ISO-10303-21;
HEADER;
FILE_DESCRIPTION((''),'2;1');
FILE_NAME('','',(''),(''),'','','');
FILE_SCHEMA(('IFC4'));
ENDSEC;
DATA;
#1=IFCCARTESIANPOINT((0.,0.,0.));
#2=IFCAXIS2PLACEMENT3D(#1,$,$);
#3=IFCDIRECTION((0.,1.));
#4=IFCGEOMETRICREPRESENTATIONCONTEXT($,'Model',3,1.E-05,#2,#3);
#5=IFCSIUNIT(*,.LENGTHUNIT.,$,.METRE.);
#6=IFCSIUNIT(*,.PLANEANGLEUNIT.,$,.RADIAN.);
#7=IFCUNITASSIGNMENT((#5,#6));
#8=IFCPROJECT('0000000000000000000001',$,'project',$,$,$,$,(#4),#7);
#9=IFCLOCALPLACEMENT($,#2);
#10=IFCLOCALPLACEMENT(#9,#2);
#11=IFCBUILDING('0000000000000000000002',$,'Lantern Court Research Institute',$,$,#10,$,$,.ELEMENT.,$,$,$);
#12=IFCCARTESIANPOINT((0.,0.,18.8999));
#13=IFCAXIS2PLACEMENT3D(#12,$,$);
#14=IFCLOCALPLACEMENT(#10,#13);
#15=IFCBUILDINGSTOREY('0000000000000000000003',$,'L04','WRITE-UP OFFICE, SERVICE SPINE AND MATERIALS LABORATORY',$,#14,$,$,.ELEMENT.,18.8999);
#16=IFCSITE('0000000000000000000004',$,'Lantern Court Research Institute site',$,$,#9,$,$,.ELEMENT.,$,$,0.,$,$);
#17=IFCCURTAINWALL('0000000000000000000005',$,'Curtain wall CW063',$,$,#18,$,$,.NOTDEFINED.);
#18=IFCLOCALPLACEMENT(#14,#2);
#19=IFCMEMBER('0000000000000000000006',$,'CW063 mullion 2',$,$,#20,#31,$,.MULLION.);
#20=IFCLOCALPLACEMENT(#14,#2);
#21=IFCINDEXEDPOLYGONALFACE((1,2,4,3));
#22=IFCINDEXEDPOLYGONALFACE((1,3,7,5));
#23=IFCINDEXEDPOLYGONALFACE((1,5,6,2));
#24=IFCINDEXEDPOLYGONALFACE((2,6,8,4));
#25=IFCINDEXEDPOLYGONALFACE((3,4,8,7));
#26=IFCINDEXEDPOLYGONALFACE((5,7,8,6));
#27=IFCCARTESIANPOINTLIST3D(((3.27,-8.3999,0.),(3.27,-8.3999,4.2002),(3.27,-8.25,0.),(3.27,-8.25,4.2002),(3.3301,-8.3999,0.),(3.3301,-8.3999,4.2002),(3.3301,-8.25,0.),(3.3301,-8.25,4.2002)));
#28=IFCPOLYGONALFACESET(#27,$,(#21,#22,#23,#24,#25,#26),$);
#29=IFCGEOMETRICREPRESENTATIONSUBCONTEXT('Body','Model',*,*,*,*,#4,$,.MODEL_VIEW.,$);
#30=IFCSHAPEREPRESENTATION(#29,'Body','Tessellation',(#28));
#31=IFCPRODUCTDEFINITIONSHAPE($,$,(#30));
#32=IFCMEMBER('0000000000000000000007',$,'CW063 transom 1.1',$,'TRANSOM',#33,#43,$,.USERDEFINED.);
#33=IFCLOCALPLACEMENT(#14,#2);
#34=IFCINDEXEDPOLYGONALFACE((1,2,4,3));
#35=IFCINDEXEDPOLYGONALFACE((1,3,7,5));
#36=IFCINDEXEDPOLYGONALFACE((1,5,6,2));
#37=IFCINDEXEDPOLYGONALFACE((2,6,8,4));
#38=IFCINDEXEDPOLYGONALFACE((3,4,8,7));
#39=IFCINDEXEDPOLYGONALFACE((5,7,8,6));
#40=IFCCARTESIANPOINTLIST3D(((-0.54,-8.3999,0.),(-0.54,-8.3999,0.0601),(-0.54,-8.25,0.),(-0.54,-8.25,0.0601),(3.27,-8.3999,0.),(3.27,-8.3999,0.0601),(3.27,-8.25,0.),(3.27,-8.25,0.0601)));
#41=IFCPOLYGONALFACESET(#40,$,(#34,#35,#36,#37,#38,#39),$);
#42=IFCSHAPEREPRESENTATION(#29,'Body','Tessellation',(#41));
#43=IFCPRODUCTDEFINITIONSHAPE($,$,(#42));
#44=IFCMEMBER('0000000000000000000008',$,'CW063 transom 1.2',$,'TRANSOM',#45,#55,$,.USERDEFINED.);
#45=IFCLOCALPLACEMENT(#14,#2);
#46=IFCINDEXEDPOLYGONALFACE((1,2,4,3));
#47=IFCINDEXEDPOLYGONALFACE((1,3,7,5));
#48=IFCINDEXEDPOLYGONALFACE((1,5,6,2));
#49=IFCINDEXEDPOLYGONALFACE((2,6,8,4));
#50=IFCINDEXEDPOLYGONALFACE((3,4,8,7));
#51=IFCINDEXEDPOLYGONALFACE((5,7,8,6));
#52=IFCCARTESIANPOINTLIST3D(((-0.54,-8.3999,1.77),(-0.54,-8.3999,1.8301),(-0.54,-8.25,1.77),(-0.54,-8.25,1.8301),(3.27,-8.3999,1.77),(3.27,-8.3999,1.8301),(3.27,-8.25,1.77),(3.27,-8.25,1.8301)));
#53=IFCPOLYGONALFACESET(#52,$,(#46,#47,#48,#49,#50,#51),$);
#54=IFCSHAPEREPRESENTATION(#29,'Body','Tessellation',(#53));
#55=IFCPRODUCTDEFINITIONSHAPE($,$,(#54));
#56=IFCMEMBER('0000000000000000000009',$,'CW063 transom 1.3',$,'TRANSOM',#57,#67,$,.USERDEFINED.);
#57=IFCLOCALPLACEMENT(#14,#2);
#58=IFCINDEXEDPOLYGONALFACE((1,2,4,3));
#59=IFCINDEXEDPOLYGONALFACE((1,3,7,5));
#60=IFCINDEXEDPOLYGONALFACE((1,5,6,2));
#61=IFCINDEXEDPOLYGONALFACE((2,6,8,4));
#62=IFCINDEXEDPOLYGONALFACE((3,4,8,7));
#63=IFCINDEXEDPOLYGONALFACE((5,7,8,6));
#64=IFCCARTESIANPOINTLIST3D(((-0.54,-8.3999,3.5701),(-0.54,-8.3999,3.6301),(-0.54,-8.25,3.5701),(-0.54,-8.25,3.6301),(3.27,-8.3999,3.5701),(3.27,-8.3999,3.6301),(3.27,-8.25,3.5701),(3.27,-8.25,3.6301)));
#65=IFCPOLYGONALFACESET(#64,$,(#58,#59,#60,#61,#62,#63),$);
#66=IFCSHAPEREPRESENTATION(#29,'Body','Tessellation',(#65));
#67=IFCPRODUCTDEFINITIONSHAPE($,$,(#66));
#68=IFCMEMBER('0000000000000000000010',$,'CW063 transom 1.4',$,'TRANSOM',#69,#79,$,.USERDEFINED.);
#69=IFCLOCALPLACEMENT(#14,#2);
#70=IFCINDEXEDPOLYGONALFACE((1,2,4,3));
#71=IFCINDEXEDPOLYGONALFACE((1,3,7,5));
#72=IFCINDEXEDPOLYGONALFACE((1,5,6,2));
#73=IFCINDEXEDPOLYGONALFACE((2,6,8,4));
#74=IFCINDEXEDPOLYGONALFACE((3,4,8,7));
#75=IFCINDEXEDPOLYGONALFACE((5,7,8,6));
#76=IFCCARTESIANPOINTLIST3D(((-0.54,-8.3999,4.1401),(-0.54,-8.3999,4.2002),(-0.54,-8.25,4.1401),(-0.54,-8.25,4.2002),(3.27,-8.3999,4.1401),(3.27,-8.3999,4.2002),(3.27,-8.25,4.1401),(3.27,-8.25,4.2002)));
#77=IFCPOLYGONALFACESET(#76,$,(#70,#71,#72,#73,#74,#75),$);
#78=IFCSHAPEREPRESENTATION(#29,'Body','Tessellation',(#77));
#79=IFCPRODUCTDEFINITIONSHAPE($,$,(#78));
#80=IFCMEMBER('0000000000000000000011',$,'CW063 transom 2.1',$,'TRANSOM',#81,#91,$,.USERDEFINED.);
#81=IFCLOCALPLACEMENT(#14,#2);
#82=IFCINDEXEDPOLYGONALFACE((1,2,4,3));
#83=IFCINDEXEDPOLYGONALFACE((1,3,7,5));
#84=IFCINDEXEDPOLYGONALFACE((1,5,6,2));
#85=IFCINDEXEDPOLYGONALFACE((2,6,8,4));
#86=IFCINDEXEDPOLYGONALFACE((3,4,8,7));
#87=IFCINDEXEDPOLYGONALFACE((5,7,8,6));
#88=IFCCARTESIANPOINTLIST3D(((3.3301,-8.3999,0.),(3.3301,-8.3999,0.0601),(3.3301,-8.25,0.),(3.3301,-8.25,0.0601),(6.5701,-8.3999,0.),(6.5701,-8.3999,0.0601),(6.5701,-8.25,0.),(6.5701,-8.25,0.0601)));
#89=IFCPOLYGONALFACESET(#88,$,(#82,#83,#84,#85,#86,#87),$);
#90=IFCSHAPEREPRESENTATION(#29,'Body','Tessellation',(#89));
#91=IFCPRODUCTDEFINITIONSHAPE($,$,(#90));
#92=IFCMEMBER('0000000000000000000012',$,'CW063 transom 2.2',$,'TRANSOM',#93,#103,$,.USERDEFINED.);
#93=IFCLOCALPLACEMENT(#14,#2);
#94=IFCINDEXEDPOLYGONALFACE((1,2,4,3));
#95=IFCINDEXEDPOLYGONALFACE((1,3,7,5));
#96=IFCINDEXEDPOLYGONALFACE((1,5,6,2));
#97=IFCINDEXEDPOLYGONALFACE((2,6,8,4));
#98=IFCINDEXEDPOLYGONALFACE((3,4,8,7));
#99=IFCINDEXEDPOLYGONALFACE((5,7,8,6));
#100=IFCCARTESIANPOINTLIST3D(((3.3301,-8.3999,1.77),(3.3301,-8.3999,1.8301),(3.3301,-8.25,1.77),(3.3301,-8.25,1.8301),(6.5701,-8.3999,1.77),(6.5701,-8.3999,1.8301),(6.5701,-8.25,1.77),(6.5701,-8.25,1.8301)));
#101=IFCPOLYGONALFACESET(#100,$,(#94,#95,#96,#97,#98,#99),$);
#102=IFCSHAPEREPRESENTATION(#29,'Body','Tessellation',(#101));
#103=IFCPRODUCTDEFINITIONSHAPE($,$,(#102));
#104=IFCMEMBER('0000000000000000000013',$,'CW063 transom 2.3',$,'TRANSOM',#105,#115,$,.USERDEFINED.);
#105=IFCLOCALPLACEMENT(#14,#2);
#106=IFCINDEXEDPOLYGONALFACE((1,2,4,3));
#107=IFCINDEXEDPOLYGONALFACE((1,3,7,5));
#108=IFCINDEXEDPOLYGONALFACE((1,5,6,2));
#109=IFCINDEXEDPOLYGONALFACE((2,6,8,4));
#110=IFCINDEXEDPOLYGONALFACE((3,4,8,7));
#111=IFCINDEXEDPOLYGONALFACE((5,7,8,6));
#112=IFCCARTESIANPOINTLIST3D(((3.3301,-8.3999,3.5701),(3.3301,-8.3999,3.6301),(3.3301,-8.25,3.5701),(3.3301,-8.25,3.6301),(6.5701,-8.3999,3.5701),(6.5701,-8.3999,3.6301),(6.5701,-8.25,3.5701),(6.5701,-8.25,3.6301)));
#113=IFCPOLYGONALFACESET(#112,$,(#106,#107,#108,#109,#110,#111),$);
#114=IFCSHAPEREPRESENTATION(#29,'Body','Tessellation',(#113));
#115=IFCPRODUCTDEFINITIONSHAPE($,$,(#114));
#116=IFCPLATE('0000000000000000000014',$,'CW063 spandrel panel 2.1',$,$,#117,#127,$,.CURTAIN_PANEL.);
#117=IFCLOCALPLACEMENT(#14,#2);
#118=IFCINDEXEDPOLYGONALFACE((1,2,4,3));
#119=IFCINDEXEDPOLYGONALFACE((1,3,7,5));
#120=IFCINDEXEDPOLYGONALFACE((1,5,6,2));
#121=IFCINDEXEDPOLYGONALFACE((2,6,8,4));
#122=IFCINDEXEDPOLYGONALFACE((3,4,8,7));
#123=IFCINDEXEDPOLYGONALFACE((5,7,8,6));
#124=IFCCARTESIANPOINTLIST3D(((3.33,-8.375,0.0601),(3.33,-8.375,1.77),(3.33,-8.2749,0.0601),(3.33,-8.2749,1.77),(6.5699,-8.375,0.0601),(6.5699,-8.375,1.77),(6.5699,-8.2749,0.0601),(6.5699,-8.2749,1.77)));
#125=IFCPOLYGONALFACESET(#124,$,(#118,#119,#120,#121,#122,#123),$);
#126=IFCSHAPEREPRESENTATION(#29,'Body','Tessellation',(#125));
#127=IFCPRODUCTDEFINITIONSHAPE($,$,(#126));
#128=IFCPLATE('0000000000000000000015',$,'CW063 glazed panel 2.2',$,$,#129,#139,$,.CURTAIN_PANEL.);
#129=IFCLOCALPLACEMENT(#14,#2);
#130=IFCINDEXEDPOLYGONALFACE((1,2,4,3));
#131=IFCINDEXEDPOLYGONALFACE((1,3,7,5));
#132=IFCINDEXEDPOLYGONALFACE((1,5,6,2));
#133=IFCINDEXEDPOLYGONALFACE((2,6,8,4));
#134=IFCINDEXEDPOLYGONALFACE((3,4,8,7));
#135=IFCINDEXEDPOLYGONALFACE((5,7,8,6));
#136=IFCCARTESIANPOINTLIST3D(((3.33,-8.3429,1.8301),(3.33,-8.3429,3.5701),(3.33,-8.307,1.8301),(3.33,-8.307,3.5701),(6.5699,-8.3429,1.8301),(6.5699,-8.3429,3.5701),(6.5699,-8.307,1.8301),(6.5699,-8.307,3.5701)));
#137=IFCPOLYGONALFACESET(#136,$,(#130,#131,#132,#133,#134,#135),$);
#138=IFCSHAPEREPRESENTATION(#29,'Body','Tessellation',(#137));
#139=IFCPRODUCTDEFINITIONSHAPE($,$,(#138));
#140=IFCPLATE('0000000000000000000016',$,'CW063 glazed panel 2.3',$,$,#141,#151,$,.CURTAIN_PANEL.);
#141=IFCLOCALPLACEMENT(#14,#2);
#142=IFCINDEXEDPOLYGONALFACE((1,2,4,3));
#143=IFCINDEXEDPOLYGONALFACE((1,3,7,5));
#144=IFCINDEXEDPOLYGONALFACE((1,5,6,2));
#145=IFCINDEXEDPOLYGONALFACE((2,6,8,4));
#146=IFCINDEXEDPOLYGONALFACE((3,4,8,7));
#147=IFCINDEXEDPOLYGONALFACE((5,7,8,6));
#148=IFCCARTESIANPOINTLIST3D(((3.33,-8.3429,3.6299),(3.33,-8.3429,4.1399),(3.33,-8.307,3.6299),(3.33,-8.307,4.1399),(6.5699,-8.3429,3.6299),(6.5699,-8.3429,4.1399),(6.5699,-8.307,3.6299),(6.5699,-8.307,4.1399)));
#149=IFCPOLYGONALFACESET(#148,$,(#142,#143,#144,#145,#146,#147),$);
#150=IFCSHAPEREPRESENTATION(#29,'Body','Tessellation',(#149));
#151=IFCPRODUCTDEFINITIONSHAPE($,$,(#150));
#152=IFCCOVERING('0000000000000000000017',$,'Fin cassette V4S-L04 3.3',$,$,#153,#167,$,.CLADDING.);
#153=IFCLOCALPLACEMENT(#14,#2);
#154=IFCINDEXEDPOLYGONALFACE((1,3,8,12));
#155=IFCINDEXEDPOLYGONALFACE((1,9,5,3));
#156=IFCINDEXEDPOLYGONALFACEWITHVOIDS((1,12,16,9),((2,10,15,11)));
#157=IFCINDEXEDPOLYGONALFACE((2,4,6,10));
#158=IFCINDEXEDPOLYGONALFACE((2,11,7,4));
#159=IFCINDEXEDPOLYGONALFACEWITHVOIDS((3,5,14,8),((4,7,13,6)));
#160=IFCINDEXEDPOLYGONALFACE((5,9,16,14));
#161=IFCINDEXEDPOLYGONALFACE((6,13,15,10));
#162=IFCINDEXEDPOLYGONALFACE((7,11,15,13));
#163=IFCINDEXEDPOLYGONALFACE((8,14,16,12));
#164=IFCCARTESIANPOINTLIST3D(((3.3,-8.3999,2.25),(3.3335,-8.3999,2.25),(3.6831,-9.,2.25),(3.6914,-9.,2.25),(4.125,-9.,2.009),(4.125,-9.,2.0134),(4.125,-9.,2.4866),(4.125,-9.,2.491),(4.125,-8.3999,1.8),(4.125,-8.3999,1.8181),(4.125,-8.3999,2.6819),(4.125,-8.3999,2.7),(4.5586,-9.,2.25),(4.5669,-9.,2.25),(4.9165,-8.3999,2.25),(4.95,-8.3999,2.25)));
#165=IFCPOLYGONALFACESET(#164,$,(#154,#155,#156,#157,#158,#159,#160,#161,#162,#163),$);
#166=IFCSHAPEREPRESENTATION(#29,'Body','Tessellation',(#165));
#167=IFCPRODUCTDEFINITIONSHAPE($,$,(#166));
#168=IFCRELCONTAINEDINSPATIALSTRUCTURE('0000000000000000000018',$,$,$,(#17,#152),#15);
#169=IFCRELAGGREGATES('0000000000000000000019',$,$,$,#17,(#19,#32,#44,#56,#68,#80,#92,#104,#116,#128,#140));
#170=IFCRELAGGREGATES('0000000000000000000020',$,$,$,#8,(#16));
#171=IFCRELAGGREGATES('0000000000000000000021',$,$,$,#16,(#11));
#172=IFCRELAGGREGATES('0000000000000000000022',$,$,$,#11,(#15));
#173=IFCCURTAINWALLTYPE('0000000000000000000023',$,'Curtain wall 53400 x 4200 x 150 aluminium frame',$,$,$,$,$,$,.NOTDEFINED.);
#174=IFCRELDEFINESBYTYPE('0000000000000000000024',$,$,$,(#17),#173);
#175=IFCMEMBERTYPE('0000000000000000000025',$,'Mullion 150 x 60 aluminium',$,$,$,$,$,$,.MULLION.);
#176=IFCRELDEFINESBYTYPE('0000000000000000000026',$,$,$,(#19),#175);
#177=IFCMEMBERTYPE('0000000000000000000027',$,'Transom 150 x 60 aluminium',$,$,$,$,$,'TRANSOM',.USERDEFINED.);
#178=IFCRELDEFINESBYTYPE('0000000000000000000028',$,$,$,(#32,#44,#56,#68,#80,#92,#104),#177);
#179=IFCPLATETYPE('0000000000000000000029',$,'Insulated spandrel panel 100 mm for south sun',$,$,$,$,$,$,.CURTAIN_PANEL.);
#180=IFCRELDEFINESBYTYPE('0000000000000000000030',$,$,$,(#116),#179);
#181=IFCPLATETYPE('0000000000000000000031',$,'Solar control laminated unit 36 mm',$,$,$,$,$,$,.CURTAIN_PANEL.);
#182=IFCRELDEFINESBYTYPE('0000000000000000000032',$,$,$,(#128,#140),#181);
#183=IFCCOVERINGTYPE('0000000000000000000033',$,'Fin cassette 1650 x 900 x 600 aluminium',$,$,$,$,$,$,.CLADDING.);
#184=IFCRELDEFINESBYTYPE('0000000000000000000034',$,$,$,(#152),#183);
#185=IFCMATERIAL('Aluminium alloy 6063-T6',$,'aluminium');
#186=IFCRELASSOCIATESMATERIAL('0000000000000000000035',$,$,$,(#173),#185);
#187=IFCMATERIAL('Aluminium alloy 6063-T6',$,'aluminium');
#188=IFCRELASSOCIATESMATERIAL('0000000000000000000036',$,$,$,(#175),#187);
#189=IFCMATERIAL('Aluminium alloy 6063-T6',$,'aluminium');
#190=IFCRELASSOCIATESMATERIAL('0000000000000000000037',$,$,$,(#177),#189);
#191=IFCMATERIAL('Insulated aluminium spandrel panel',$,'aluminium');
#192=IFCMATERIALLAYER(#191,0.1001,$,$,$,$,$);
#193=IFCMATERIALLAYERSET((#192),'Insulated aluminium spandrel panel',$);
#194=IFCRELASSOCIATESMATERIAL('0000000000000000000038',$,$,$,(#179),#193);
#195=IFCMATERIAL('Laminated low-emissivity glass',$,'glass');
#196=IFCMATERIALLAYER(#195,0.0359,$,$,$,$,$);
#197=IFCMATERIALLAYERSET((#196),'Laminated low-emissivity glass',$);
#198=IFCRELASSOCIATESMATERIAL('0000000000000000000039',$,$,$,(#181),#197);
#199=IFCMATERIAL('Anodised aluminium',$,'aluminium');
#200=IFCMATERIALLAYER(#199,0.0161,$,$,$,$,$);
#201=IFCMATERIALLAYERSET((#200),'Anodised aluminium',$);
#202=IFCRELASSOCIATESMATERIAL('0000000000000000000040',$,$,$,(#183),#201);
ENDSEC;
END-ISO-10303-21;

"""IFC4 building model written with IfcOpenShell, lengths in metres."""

from ifc_helpers import new_model, entity, si_unit, direction, frame, origin, origin_2d, place, context, subcontext, project, spatial, rectangle, extrude, material, layer, layer_set, material_profile, profile_set, type_object, element, aggregate, save


model = new_model("IFC4")

# Units and contexts
model_context = context("Model", 3, precision=1e-05, world=origin(), true_north=direction((0.0, 1.0)))
body_context = subcontext(model_context, "Body", "Model", "MODEL_VIEW")
ifc_project = project(units=[si_unit("LENGTHUNIT", "METRE"), si_unit("PLANEANGLEUNIT", "RADIAN")], contexts=[model_context])

# Site, building, storey
site_placement = place(None, origin())
site = spatial("IfcSite", under=ifc_project, at=site_placement, Name="Lantern Court Research Institute site", CompositionType="ELEMENT", RefElevation=0.0)
building_placement = place(site_placement, origin())
building = spatial("IfcBuilding", under=site, at=building_placement, Name="Lantern Court Research Institute", CompositionType="ELEMENT")
storey_placement = place(building_placement, frame((0.0, 0.0, 18.8999)))
storey = spatial("IfcBuildingStorey", under=building, at=storey_placement, Name="L04", Description="WRITE-UP OFFICE, SERVICE SPINE AND MATERIALS LABORATORY", CompositionType="ELEMENT", Elevation=18.8999)

# Curtain wall, members, plates
ifc_material_1 = material(Name="Aluminium alloy 6063-T6", Category="aluminium")
curtain_wall_type = type_object("IfcCurtainWallType", Name="Curtain wall 53400 x 4200 x 150 aluminium frame", PredefinedType="NOTDEFINED", material=ifc_material_1)
curtain_wall_placement = place(storey_placement, origin())
curtain_wall = element("IfcCurtainWall", 1, at=curtain_wall_placement, inside=storey, type_object=curtain_wall_type, Name="Curtain wall CW063", PredefinedType="NOTDEFINED")
ifc_material_2 = material(Name="Aluminium alloy 6063-T6", Category="aluminium")
ifc_material_profile_1 = material_profile(ifc_material_2, rectangle(XDim=0.1499, YDim=0.0601, at=origin_2d()), Name="Mullion 150 x 60")
ifc_profile_set_1 = profile_set([ifc_material_profile_1], Name="Aluminium alloy 6063-T6")
member_type_1 = type_object("IfcMemberType", Name="Mullion 150 x 60 aluminium", PredefinedType="MULLION", material=ifc_profile_set_1)
member_1_placement = place(storey_placement, frame((3.3, -8.325, 0.0), z_axis=(0.0, 0.0, 1.0), x_axis=(0.0, -1.0, 0.0)))
member_1 = element("IfcMember", 2, at=member_1_placement, type_object=member_type_1, Name="CW063 mullion 2", PredefinedType="MULLION", context=body_context, shape_type="SweptSolid", body=[
    extrude(rectangle(XDim=0.1499, YDim=0.0601, at=origin_2d()), origin(), (0.0, 0.0, 1.0), 4.2002),
])
ifc_material_3 = material(Name="Aluminium alloy 6063-T6", Category="aluminium")
ifc_material_profile_2 = material_profile(ifc_material_3, rectangle(XDim=0.1499, YDim=0.0601, at=origin_2d()), Name="Transom 150 x 60")
ifc_profile_set_2 = profile_set([ifc_material_profile_2], Name="Aluminium alloy 6063-T6")
member_type_2 = type_object("IfcMemberType", Name="Transom 150 x 60 aluminium", ElementType="TRANSOM", PredefinedType="USERDEFINED", material=ifc_profile_set_2)
member_2_placement = place(storey_placement, frame((3.27, -8.325, 0.03), z_axis=(-1.0, 0.0, 0.0), x_axis=(0.0, -1.0, 0.0)))
member_2 = element("IfcMember", 3, at=member_2_placement, type_object=member_type_2, Name="CW063 transom 1.1", ObjectType="TRANSOM", PredefinedType="USERDEFINED", context=body_context, shape_type="SweptSolid", body=[
    extrude(rectangle(XDim=0.1499, YDim=0.0601, at=origin_2d()), origin(), (0.0, 0.0, 1.0), 3.8101),
])
member_3_placement = place(storey_placement, frame((3.27, -8.325, 1.8), z_axis=(-1.0, 0.0, 0.0), x_axis=(0.0, -1.0, 0.0)))
member_3 = element("IfcMember", 4, at=member_3_placement, type_object=member_type_2, Name="CW063 transom 1.2", ObjectType="TRANSOM", PredefinedType="USERDEFINED", context=body_context, shape_type="SweptSolid", body=[
    extrude(rectangle(XDim=0.1499, YDim=0.0601, at=origin_2d()), origin(), (0.0, 0.0, 1.0), 3.8101),
])
member_4_placement = place(storey_placement, frame((3.27, -8.325, 3.6001), z_axis=(-1.0, 0.0, 0.0), x_axis=(0.0, -1.0, 0.0)))
member_4 = element("IfcMember", 5, at=member_4_placement, type_object=member_type_2, Name="CW063 transom 1.3", ObjectType="TRANSOM", PredefinedType="USERDEFINED", context=body_context, shape_type="SweptSolid", body=[
    extrude(rectangle(XDim=0.1499, YDim=0.0601, at=origin_2d()), origin(), (0.0, 0.0, 1.0), 3.8101),
])
member_5_placement = place(storey_placement, frame((3.27, -8.325, 4.1702), z_axis=(-1.0, 0.0, 0.0), x_axis=(0.0, -1.0, 0.0)))
member_5 = element("IfcMember", 6, at=member_5_placement, type_object=member_type_2, Name="CW063 transom 1.4", ObjectType="TRANSOM", PredefinedType="USERDEFINED", context=body_context, shape_type="SweptSolid", body=[
    extrude(rectangle(XDim=0.1499, YDim=0.0601, at=origin_2d()), origin(), (0.0, 0.0, 1.0), 3.8101),
])
member_6_placement = place(storey_placement, frame((6.5701, -8.325, 0.03), z_axis=(-1.0, 0.0, 0.0), x_axis=(0.0, -1.0, 0.0)))
member_6 = element("IfcMember", 7, at=member_6_placement, type_object=member_type_2, Name="CW063 transom 2.1", ObjectType="TRANSOM", PredefinedType="USERDEFINED", context=body_context, shape_type="SweptSolid", body=[
    extrude(rectangle(XDim=0.1499, YDim=0.0601, at=origin_2d()), origin(), (0.0, 0.0, 1.0), 3.24),
])
member_7_placement = place(storey_placement, frame((6.5701, -8.325, 1.8), z_axis=(-1.0, 0.0, 0.0), x_axis=(0.0, -1.0, 0.0)))
member_7 = element("IfcMember", 8, at=member_7_placement, type_object=member_type_2, Name="CW063 transom 2.2", ObjectType="TRANSOM", PredefinedType="USERDEFINED", context=body_context, shape_type="SweptSolid", body=[
    extrude(rectangle(XDim=0.1499, YDim=0.0601, at=origin_2d()), origin(), (0.0, 0.0, 1.0), 3.24),
])
member_8_placement = place(storey_placement, frame((6.5701, -8.325, 3.6001), z_axis=(-1.0, 0.0, 0.0), x_axis=(0.0, -1.0, 0.0)))
member_8 = element("IfcMember", 9, at=member_8_placement, type_object=member_type_2, Name="CW063 transom 2.3", ObjectType="TRANSOM", PredefinedType="USERDEFINED", context=body_context, shape_type="SweptSolid", body=[
    extrude(rectangle(XDim=0.1499, YDim=0.0601, at=origin_2d()), origin(), (0.0, 0.0, 1.0), 3.24),
])
ifc_material_4 = material(Name="Insulated aluminium spandrel panel", Category="aluminium")
ifc_layer_1 = layer(ifc_material_4, 0.1001)
ifc_layer_set_1 = layer_set([ifc_layer_1], Name="Insulated aluminium spandrel panel")
plate_type_1 = type_object("IfcPlateType", Name="Insulated spandrel panel 100 mm for south sun", PredefinedType="CURTAIN_PANEL", material=ifc_layer_set_1)
plate_1_placement = place(storey_placement, frame((4.95, -8.325, 0.0601), z_axis=(0.0, 0.0, 1.0), x_axis=(-1.0, 0.0, 0.0)))
plate_1 = element("IfcPlate", 10, at=plate_1_placement, type_object=plate_type_1, Name="CW063 spandrel panel 2.1", PredefinedType="CURTAIN_PANEL", context=body_context, shape_type="SweptSolid", body=[
    extrude(rectangle(XDim=3.24, YDim=0.1001, at=origin_2d()), origin(), (0.0, 0.0, 1.0), 1.71),
])
ifc_material_5 = material(Name="Laminated low-emissivity glass", Category="glass")
ifc_layer_2 = layer(ifc_material_5, 0.0359)
ifc_layer_set_2 = layer_set([ifc_layer_2], Name="Laminated low-emissivity glass")
plate_type_2 = type_object("IfcPlateType", Name="Solar control laminated unit 36 mm", PredefinedType="CURTAIN_PANEL", material=ifc_layer_set_2)
plate_2_placement = place(storey_placement, frame((4.95, -8.325, 1.8301), z_axis=(0.0, 0.0, 1.0), x_axis=(-1.0, 0.0, 0.0)))
plate_2 = element("IfcPlate", 11, at=plate_2_placement, type_object=plate_type_2, Name="CW063 glazed panel 2.2", PredefinedType="CURTAIN_PANEL", context=body_context, shape_type="SweptSolid", body=[
    extrude(rectangle(XDim=3.24, YDim=0.0359, at=origin_2d()), origin(), (0.0, 0.0, 1.0), 1.74),
])
plate_3_placement = place(storey_placement, frame((4.95, -8.325, 3.6299), z_axis=(0.0, 0.0, 1.0), x_axis=(-1.0, 0.0, 0.0)))
plate_3 = element("IfcPlate", 12, at=plate_3_placement, type_object=plate_type_2, Name="CW063 glazed panel 2.3", PredefinedType="CURTAIN_PANEL", context=body_context, shape_type="SweptSolid", body=[
    extrude(rectangle(XDim=3.24, YDim=0.0359, at=origin_2d()), origin(), (0.0, 0.0, 1.0), 0.51),
])
aggregate(curtain_wall, [member_1, member_2, member_3, member_4, member_5, member_6, member_7, member_8, plate_1, plate_2, plate_3])

# Covering
ifc_material_6 = material(Name="Anodised aluminium", Category="aluminium")
ifc_layer_3 = layer(ifc_material_6, 0.0161)
ifc_layer_set_3 = layer_set([ifc_layer_3], Name="Anodised aluminium")
covering_type = type_object("IfcCoveringType", Name="Fin cassette 1650 x 900 x 600 aluminium", PredefinedType="CLADDING", material=ifc_layer_set_3)
covering_1_placement = place(storey_placement, frame((4.125, -8.3999, 2.25), z_axis=(0.0, -1.0, 0.0), x_axis=(1.0, 0.0, 0.0)))
cartesian_point_1 = entity("IfcCartesianPoint", [0.825, 0.0])
cartesian_point_2 = entity("IfcCartesianPoint", [0.7915, 0.0])
cartesian_point_3 = entity("IfcCartesianPoint", [0.4419, 0.0])
cartesian_point_4 = entity("IfcCartesianPoint", [0.4336, 0.0])
element("IfcCovering", 13, at=covering_1_placement, inside=storey, type_object=covering_type, Name="Fin cassette V4S-L04 3.3", PredefinedType="CLADDING", context=body_context, shape_type="SweptSolid", body=[
    entity("IfcExtrudedAreaSolidTapered", entity("IfcArbitraryProfileDefWithVoids", "AREA", None, entity("IfcPolyline", [cartesian_point_1, entity("IfcCartesianPoint", [0.0, 0.45]), entity("IfcCartesianPoint", [-0.825, 0.0]), entity("IfcCartesianPoint", [0.0, -0.45]), cartesian_point_1]), [entity("IfcPolyline", [cartesian_point_2, entity("IfcCartesianPoint", [0.0, 0.4319]), entity("IfcCartesianPoint", [-0.7915, 0.0]), entity("IfcCartesianPoint", [0.0, -0.4319]), cartesian_point_2])]), entity("IfcAxis2Placement3D", entity("IfcCartesianPoint", [0.0, 0.0, 0.0])), entity("IfcDirection", [0.0, 0.0, 1.0]), 0.6001, entity("IfcArbitraryProfileDefWithVoids", "AREA", None, entity("IfcPolyline", [cartesian_point_3, entity("IfcCartesianPoint", [0.0, 0.241]), entity("IfcCartesianPoint", [-0.4419, 0.0]), entity("IfcCartesianPoint", [0.0, -0.241]), cartesian_point_3]), [entity("IfcPolyline", [cartesian_point_4, entity("IfcCartesianPoint", [0.0, 0.2366]), entity("IfcCartesianPoint", [-0.4336, 0.0]), entity("IfcCartesianPoint", [0.0, -0.2366]), cartesian_point_4])])),
])

save(model, "model.ifc")
